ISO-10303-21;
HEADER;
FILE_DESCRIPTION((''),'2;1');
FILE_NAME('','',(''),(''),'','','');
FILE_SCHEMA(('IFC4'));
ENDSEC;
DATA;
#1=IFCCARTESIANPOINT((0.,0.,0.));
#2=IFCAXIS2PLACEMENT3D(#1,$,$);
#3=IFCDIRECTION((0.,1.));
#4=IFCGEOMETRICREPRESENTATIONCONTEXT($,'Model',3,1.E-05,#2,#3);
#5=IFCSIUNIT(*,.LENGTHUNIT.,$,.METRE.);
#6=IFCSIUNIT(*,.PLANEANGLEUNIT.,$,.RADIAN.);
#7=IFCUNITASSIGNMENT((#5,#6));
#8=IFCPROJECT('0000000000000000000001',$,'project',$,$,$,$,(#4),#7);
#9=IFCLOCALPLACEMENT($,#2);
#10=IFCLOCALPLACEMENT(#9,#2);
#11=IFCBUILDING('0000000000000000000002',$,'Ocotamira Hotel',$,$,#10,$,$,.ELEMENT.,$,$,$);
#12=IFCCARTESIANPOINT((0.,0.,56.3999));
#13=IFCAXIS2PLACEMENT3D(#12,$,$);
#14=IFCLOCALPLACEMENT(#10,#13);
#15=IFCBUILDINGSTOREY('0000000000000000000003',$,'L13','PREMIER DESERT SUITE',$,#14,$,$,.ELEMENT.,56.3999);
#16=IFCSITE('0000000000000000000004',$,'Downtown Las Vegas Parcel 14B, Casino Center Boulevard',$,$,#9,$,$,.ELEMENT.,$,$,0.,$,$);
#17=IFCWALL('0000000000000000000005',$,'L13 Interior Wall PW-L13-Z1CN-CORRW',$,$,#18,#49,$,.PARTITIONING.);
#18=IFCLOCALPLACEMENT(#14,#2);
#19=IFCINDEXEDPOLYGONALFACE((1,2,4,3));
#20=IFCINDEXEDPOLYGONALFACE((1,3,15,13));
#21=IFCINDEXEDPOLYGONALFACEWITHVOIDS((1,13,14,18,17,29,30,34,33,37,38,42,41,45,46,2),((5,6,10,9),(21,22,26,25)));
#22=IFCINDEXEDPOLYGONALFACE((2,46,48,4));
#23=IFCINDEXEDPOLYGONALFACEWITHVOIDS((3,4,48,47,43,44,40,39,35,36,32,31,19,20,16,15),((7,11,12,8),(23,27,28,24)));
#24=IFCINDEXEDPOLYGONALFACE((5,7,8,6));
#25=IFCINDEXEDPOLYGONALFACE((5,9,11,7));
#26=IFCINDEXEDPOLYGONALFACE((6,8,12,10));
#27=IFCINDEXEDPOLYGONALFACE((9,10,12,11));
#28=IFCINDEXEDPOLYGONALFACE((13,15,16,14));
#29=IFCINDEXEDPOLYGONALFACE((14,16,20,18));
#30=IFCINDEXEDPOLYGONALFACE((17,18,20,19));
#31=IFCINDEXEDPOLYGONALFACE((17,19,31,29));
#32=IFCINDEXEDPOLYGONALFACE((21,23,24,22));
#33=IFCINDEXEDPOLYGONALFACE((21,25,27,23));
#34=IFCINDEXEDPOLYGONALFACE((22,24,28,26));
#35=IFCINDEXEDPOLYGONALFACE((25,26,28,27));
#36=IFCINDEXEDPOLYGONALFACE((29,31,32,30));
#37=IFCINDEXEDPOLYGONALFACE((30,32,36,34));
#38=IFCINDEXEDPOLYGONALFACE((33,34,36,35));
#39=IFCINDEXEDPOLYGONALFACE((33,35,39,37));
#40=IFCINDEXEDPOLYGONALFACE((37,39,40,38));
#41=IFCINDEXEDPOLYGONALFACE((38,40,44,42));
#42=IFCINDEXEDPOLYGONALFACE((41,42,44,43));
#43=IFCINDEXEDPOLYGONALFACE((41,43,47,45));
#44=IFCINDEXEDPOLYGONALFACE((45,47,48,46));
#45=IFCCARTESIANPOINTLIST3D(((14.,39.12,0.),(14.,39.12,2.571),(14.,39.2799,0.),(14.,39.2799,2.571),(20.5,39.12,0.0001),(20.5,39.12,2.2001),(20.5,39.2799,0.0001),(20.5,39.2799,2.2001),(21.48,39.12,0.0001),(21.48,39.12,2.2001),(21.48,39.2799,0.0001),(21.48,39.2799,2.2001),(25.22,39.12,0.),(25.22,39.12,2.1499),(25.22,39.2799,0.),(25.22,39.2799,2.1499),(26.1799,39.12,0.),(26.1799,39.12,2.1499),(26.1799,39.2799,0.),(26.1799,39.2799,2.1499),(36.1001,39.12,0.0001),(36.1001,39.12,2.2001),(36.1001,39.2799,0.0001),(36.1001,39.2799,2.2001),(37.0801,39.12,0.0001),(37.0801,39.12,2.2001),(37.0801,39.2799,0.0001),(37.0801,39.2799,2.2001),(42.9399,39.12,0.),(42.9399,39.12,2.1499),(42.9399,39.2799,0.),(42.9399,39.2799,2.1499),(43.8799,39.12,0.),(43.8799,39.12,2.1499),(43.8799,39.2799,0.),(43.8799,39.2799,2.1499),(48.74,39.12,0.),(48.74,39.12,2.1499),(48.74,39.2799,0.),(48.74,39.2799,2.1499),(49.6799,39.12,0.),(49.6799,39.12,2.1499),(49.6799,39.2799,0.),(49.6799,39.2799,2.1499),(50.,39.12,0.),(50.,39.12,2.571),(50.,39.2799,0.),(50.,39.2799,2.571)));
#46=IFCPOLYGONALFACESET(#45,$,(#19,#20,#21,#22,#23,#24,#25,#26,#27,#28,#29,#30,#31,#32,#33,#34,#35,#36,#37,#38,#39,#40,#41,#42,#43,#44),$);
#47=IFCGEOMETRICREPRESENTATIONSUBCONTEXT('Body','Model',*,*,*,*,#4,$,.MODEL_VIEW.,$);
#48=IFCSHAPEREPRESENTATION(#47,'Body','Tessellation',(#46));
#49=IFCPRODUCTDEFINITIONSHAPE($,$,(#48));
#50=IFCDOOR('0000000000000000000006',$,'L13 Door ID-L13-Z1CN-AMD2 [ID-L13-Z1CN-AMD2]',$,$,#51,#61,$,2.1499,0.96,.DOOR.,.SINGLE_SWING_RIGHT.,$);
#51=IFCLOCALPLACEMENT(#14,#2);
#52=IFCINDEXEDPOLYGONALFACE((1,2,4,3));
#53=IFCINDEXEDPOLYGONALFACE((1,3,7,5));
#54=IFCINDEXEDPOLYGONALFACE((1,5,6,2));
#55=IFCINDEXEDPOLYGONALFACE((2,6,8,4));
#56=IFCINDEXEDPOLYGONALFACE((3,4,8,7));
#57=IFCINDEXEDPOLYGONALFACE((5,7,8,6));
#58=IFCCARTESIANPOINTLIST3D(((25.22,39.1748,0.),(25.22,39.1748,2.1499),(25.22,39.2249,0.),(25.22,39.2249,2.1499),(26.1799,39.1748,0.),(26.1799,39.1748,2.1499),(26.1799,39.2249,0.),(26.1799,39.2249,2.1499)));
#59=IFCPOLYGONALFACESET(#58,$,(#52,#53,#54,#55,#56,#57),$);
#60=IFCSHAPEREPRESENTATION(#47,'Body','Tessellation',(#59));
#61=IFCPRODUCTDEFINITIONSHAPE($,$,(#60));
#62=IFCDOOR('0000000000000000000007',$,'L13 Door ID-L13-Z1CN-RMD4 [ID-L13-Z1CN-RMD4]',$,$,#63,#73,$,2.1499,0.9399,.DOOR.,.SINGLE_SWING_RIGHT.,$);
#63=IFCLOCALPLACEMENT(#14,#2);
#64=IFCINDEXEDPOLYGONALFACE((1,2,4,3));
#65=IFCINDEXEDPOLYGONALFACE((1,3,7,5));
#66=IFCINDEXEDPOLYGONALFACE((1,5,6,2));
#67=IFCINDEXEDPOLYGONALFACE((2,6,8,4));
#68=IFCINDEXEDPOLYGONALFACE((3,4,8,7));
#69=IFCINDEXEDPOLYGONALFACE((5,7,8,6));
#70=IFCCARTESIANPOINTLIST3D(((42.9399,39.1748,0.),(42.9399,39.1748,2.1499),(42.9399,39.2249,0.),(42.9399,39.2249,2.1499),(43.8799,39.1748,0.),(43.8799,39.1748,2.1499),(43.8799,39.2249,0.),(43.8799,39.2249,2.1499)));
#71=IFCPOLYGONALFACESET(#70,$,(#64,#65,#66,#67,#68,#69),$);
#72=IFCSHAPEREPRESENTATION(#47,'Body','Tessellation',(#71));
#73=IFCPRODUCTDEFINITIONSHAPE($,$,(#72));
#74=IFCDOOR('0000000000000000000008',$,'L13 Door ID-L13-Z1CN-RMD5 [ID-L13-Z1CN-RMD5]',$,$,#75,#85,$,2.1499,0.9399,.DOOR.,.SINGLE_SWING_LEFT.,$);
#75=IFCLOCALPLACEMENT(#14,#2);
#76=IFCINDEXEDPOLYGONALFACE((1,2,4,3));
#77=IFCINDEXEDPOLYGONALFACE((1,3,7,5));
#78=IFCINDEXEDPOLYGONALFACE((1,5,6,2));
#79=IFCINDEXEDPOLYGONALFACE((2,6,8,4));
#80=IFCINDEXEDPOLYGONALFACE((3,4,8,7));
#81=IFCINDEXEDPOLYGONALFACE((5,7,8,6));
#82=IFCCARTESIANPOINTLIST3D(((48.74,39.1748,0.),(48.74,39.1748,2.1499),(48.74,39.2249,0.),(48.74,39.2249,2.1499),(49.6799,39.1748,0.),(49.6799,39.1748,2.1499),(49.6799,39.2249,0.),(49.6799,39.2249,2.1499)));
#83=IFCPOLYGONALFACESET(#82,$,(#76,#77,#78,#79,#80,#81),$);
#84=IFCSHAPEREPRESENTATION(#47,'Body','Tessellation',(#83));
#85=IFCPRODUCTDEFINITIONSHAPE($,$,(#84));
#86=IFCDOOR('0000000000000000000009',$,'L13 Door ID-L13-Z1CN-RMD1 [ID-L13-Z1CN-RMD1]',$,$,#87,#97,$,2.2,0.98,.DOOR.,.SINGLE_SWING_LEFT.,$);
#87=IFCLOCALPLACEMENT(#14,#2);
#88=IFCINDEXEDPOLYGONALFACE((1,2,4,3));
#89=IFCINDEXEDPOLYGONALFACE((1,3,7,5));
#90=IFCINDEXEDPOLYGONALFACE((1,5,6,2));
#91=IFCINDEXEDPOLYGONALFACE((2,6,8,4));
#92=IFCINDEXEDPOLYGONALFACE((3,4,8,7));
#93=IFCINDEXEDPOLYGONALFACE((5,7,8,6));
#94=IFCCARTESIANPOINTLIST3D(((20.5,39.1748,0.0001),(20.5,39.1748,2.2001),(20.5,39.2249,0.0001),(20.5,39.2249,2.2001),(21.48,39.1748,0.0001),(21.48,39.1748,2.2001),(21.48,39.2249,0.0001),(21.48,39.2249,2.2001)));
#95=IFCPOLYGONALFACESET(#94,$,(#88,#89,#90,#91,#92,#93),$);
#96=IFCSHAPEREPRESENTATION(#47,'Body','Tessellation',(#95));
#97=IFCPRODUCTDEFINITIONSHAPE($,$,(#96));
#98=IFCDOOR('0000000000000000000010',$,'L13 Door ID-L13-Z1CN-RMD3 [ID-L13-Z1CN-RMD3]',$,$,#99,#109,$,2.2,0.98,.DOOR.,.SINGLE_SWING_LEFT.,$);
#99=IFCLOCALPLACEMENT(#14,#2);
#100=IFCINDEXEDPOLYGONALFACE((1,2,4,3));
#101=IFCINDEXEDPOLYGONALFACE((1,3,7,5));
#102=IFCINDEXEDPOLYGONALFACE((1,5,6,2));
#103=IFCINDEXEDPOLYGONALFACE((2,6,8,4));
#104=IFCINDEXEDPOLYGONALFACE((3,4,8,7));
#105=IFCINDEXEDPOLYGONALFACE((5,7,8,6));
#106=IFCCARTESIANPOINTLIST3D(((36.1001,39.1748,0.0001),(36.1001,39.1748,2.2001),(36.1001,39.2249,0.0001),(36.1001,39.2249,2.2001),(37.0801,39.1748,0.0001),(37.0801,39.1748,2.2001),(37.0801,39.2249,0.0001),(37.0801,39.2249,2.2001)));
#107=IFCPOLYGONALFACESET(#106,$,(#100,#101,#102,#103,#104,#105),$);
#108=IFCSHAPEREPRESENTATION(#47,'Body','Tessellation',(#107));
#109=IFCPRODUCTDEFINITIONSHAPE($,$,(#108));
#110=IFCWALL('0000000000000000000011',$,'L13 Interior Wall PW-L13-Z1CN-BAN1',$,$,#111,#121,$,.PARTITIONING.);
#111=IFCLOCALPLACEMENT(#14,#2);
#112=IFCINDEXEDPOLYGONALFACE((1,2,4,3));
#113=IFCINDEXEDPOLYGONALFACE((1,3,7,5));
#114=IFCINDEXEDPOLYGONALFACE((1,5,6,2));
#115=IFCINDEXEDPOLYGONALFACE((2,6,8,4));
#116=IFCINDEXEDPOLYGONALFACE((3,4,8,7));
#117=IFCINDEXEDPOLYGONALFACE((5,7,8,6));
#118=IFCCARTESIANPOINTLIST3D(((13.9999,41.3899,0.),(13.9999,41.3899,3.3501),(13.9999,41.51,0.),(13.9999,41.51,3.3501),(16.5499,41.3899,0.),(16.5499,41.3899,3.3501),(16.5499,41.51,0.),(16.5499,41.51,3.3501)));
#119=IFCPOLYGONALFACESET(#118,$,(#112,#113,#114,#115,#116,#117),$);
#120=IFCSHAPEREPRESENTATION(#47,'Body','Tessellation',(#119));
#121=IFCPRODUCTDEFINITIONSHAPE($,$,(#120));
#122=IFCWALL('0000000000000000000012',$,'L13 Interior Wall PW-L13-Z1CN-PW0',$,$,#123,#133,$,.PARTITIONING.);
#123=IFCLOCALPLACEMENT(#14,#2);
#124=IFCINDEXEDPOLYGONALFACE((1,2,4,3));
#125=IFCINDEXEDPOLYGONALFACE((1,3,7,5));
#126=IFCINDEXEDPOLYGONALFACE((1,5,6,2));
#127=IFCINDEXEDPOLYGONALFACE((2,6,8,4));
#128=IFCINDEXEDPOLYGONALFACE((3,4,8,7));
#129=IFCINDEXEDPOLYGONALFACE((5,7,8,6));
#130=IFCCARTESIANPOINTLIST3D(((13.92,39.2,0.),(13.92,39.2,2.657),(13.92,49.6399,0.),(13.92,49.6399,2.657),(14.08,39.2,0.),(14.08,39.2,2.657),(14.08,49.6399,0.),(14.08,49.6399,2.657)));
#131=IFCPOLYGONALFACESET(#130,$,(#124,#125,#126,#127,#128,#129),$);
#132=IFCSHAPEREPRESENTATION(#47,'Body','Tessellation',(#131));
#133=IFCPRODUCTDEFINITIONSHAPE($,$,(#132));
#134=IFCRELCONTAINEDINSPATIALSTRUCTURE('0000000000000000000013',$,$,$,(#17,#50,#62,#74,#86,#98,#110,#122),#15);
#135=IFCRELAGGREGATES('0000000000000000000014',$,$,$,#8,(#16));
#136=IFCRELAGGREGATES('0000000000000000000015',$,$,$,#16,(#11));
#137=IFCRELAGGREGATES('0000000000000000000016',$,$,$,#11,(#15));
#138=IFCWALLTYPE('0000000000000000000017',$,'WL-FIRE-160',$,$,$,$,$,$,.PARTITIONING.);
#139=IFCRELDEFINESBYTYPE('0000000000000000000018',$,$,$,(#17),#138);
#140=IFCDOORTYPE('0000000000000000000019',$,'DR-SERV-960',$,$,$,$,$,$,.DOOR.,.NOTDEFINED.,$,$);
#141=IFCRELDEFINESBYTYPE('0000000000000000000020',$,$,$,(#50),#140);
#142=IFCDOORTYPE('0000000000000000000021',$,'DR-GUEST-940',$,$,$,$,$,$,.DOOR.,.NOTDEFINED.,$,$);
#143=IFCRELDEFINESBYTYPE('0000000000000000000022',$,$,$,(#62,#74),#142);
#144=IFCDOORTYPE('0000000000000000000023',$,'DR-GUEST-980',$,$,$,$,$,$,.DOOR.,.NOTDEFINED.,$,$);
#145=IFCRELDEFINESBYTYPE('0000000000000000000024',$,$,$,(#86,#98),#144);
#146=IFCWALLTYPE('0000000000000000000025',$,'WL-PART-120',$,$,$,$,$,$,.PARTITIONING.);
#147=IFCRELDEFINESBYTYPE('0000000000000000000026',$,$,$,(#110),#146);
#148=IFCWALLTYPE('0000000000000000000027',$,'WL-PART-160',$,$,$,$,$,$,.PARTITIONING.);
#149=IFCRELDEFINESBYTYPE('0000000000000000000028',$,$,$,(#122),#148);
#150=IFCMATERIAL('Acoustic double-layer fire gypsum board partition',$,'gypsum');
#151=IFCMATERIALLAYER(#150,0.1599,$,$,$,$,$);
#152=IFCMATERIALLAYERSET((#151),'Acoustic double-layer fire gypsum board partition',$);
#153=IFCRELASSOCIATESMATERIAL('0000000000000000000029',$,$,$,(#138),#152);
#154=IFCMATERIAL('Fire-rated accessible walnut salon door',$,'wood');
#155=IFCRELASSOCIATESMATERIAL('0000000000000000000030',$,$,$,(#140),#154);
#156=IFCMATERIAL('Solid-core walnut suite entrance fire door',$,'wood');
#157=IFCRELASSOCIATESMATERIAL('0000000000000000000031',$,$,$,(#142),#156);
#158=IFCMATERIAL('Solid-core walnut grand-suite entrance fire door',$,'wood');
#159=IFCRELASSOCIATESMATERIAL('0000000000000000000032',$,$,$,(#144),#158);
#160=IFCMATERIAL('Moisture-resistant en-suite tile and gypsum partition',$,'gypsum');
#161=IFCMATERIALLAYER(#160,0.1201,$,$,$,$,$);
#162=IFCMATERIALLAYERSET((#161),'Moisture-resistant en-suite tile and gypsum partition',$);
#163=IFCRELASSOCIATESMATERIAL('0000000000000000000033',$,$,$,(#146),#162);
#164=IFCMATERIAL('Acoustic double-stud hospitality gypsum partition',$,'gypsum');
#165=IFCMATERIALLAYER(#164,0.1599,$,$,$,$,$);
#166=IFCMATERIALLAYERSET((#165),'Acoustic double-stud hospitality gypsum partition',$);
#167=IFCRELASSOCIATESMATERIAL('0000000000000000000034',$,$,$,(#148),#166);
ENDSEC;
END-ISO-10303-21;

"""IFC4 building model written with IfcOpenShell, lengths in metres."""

from ifc_helpers import new_model, si_unit, direction, frame, frame_2d, origin, place, context, subcontext, project, spatial, rectangle, extrude, source, transform, mapped, material, layer, layer_set, type_object, element, fill, save


model = new_model("IFC4")

# Units and contexts
model_context = context("Model", 3, precision=1e-05, world=origin(), true_north=direction((0.0, 1.0)))
body_context = subcontext(model_context, "Body", "Model", "MODEL_VIEW")
ifc_project = project(units=[si_unit("LENGTHUNIT", "METRE"), si_unit("PLANEANGLEUNIT", "RADIAN")], contexts=[model_context])

# Site, building, storey
site_placement = place(None, origin())
site = spatial("IfcSite", under=ifc_project, at=site_placement, Name="Downtown Las Vegas Parcel 14B, Casino Center Boulevard", CompositionType="ELEMENT", RefElevation=0.0)
building_placement = place(site_placement, origin())
building = spatial("IfcBuilding", under=site, at=building_placement, Name="Ocotamira Hotel", CompositionType="ELEMENT")
storey_placement = place(building_placement, frame((0.0, 0.0, 56.3999)))
storey = spatial("IfcBuildingStorey", under=building, at=storey_placement, Name="L13", Description="PREMIER DESERT SUITE", CompositionType="ELEMENT", Elevation=56.3999)

# Shared definitions
ifc_material_1 = material(Name="Acoustic double-layer fire gypsum board partition", Category="gypsum")
ifc_layer_1 = layer(ifc_material_1, 0.1599)
ifc_layer_set_1 = layer_set([ifc_layer_1], Name="Acoustic double-layer fire gypsum board partition")
wall_type_1 = type_object("IfcWallType", Name="WL-FIRE-160", PredefinedType="PARTITIONING", material=ifc_layer_set_1)
ifc_material_2 = material(Name="Fire-rated accessible walnut salon door", Category="wood")
door_type_1 = type_object("IfcDoorType", Name="DR-SERV-960", OperationType="NOTDEFINED", PredefinedType="DOOR", material=ifc_material_2)
shared_shape_1 = source(origin(), body_context, "Body", "SweptSolid", [
    extrude(rectangle(XDim=0.96, YDim=2.1499, at=frame_2d((0.48, 1.075))), frame((0.0, 0.0249, 0.0), z_axis=(0.0, -1.0, 0.0), x_axis=(1.0, 0.0, 0.0)), (0.0, 0.0, 1.0), 0.05),
])

# Wall, openings, doors
wall_1_placement = place(storey_placement, frame((14.0, 39.2, 0.0), z_axis=(0.0, 0.0, 1.0), x_axis=(1.0, 0.0, 0.0)))
wall_1 = element("IfcWall", 1, at=wall_1_placement, inside=storey, type_object=wall_type_1, Name="L13 Interior Wall PW-L13-Z1CN-CORRW", PredefinedType="PARTITIONING", context=body_context, shape_type="SweptSolid", body=[
    extrude(rectangle(XDim=36.0, YDim=0.1599, at=frame_2d((18.0, 0.0))), origin(), (0.0, 0.0, 1.0), 2.571),
])
opening_1_placement = place(wall_1_placement, frame((6.5, 0.0, 0.0)))
opening_1 = element("IfcOpeningElement", 2, at=opening_1_placement, cuts=wall_1, PredefinedType="OPENING", context=body_context, shape_type="SweptSolid", body=[
    extrude(rectangle(XDim=0.98, YDim=2.2, at=frame_2d((0.49, 1.1001))), frame((0.0, 0.0898, 0.0), z_axis=(0.0, -1.0, 0.0), x_axis=(1.0, 0.0, 0.0)), (0.0, 0.0, 1.0), 0.1799),
])
opening_2_placement = place(wall_1_placement, frame((11.22, 0.0, 0.0)))
opening_2 = element("IfcOpeningElement", 3, at=opening_2_placement, cuts=wall_1, PredefinedType="OPENING", context=body_context, shape_type="SweptSolid", body=[
    extrude(rectangle(XDim=0.96, YDim=2.1499, at=frame_2d((0.48, 1.075))), frame((0.0, 0.0898, 0.0), z_axis=(0.0, -1.0, 0.0), x_axis=(1.0, 0.0, 0.0)), (0.0, 0.0, 1.0), 0.1799),
])
opening_3_placement = place(wall_1_placement, frame((22.1001, 0.0, 0.0)))
opening_3 = element("IfcOpeningElement", 4, at=opening_3_placement, cuts=wall_1, PredefinedType="OPENING", context=body_context, shape_type="SweptSolid", body=[
    extrude(rectangle(XDim=0.98, YDim=2.2, at=frame_2d((0.49, 1.1001))), frame((0.0, 0.0898, 0.0), z_axis=(0.0, -1.0, 0.0), x_axis=(1.0, 0.0, 0.0)), (0.0, 0.0, 1.0), 0.1799),
])
opening_4_placement = place(wall_1_placement, frame((28.9399, 0.0, 0.0)))
opening_4 = element("IfcOpeningElement", 5, at=opening_4_placement, cuts=wall_1, PredefinedType="OPENING", context=body_context, shape_type="SweptSolid", body=[
    extrude(rectangle(XDim=0.9399, YDim=2.1499, at=frame_2d((0.47, 1.075))), frame((0.0, 0.0898, 0.0), z_axis=(0.0, -1.0, 0.0), x_axis=(1.0, 0.0, 0.0)), (0.0, 0.0, 1.0), 0.1799),
])
opening_5_placement = place(wall_1_placement, frame((34.74, 0.0, 0.0)))
opening_5 = element("IfcOpeningElement", 6, at=opening_5_placement, cuts=wall_1, PredefinedType="OPENING", context=body_context, shape_type="SweptSolid", body=[
    extrude(rectangle(XDim=0.9399, YDim=2.1499, at=frame_2d((0.47, 1.075))), frame((0.0, 0.0898, 0.0), z_axis=(0.0, -1.0, 0.0), x_axis=(1.0, 0.0, 0.0)), (0.0, 0.0, 1.0), 0.1799),
])
door_1_placement = place(opening_2_placement, origin())
door_1 = element("IfcDoor", 7, at=door_1_placement, inside=storey, type_object=door_type_1, Name="L13 Door ID-L13-Z1CN-AMD2 [ID-L13-Z1CN-AMD2]", OperationType="SINGLE_SWING_RIGHT", OverallHeight=2.1499, OverallWidth=0.96, PredefinedType="DOOR", context=body_context, shape_type="MappedRepresentation", body=[
    mapped(shared_shape_1, transform((0.0, 0.0, 0.0), scale=1.0)),
])
fill(opening_2, door_1)
ifc_material_3 = material(Name="Solid-core walnut suite entrance fire door", Category="wood")
door_type_2 = type_object("IfcDoorType", Name="DR-GUEST-940", OperationType="NOTDEFINED", PredefinedType="DOOR", material=ifc_material_3)
shared_shape_2 = source(origin(), body_context, "Body", "SweptSolid", [
    extrude(rectangle(XDim=0.9399, YDim=2.1499, at=frame_2d((0.47, 1.075))), frame((0.0, 0.0249, 0.0), z_axis=(0.0, -1.0, 0.0), x_axis=(1.0, 0.0, 0.0)), (0.0, 0.0, 1.0), 0.05),
])
door_2_placement = place(opening_4_placement, origin())
door_2 = element("IfcDoor", 8, at=door_2_placement, inside=storey, type_object=door_type_2, Name="L13 Door ID-L13-Z1CN-RMD4 [ID-L13-Z1CN-RMD4]", OperationType="SINGLE_SWING_RIGHT", OverallHeight=2.1499, OverallWidth=0.9399, PredefinedType="DOOR", context=body_context, shape_type="MappedRepresentation", body=[
    mapped(shared_shape_2, transform((0.0, 0.0, 0.0), scale=1.0)),
])
fill(opening_4, door_2)
door_3_placement = place(opening_5_placement, origin())
door_3 = element("IfcDoor", 9, at=door_3_placement, inside=storey, type_object=door_type_2, Name="L13 Door ID-L13-Z1CN-RMD5 [ID-L13-Z1CN-RMD5]", OperationType="SINGLE_SWING_LEFT", OverallHeight=2.1499, OverallWidth=0.9399, PredefinedType="DOOR", context=body_context, shape_type="MappedRepresentation", body=[
    mapped(shared_shape_2, transform((0.0, 0.0, 0.0), scale=1.0)),
])
fill(opening_5, door_3)
ifc_material_4 = material(Name="Solid-core walnut grand-suite entrance fire door", Category="wood")
door_type_3 = type_object("IfcDoorType", Name="DR-GUEST-980", OperationType="NOTDEFINED", PredefinedType="DOOR", material=ifc_material_4)
shared_shape_3 = source(origin(), body_context, "Body", "SweptSolid", [
    extrude(rectangle(XDim=0.98, YDim=2.2, at=frame_2d((0.49, 1.1001))), frame((0.0, 0.0249, 0.0), z_axis=(0.0, -1.0, 0.0), x_axis=(1.0, 0.0, 0.0)), (0.0, 0.0, 1.0), 0.05),
])
door_4_placement = place(opening_1_placement, origin())
door_4 = element("IfcDoor", 10, at=door_4_placement, inside=storey, type_object=door_type_3, Name="L13 Door ID-L13-Z1CN-RMD1 [ID-L13-Z1CN-RMD1]", OperationType="SINGLE_SWING_LEFT", OverallHeight=2.2, OverallWidth=0.98, PredefinedType="DOOR", context=body_context, shape_type="MappedRepresentation", body=[
    mapped(shared_shape_3, transform((0.0, 0.0, 0.0), scale=1.0)),
])
fill(opening_1, door_4)
door_5_placement = place(opening_3_placement, origin())
door_5 = element("IfcDoor", 11, at=door_5_placement, inside=storey, type_object=door_type_3, Name="L13 Door ID-L13-Z1CN-RMD3 [ID-L13-Z1CN-RMD3]", OperationType="SINGLE_SWING_LEFT", OverallHeight=2.2, OverallWidth=0.98, PredefinedType="DOOR", context=body_context, shape_type="MappedRepresentation", body=[
    mapped(shared_shape_3, transform((0.0, 0.0, 0.0), scale=1.0)),
])
fill(opening_3, door_5)

# Walls
ifc_material_5 = material(Name="Moisture-resistant en-suite tile and gypsum partition", Category="gypsum")
ifc_layer_2 = layer(ifc_material_5, 0.1201)
ifc_layer_set_2 = layer_set([ifc_layer_2], Name="Moisture-resistant en-suite tile and gypsum partition")
wall_type_2 = type_object("IfcWallType", Name="WL-PART-120", PredefinedType="PARTITIONING", material=ifc_layer_set_2)
wall_2_placement = place(storey_placement, frame((14.0, 41.45, 0.0), z_axis=(0.0, 0.0, 1.0), x_axis=(1.0, 0.0, 0.0)))
element("IfcWall", 12, at=wall_2_placement, inside=storey, type_object=wall_type_2, Name="L13 Interior Wall PW-L13-Z1CN-BAN1", PredefinedType="PARTITIONING", context=body_context, shape_type="SweptSolid", body=[
    extrude(rectangle(XDim=2.55, YDim=0.1201, at=frame_2d((1.2749, 0.0))), origin(), (0.0, 0.0, 1.0), 3.3501),
])
ifc_material_6 = material(Name="Acoustic double-stud hospitality gypsum partition", Category="gypsum")
ifc_layer_3 = layer(ifc_material_6, 0.1599)
ifc_layer_set_3 = layer_set([ifc_layer_3], Name="Acoustic double-stud hospitality gypsum partition")
wall_type_3 = type_object("IfcWallType", Name="WL-PART-160", PredefinedType="PARTITIONING", material=ifc_layer_set_3)
wall_3_placement = place(storey_placement, frame((14.0, 39.2, 0.0), z_axis=(0.0, 0.0, 1.0), x_axis=(0.0, 1.0, 0.0)))
element("IfcWall", 13, at=wall_3_placement, inside=storey, type_object=wall_type_3, Name="L13 Interior Wall PW-L13-Z1CN-PW0", PredefinedType="PARTITIONING", context=body_context, shape_type="SweptSolid", body=[
    extrude(rectangle(XDim=10.4399, YDim=0.1599, at=frame_2d((5.22, 0.0))), origin(), (0.0, 0.0, 1.0), 2.657),
])

save(model, "model.ifc")
